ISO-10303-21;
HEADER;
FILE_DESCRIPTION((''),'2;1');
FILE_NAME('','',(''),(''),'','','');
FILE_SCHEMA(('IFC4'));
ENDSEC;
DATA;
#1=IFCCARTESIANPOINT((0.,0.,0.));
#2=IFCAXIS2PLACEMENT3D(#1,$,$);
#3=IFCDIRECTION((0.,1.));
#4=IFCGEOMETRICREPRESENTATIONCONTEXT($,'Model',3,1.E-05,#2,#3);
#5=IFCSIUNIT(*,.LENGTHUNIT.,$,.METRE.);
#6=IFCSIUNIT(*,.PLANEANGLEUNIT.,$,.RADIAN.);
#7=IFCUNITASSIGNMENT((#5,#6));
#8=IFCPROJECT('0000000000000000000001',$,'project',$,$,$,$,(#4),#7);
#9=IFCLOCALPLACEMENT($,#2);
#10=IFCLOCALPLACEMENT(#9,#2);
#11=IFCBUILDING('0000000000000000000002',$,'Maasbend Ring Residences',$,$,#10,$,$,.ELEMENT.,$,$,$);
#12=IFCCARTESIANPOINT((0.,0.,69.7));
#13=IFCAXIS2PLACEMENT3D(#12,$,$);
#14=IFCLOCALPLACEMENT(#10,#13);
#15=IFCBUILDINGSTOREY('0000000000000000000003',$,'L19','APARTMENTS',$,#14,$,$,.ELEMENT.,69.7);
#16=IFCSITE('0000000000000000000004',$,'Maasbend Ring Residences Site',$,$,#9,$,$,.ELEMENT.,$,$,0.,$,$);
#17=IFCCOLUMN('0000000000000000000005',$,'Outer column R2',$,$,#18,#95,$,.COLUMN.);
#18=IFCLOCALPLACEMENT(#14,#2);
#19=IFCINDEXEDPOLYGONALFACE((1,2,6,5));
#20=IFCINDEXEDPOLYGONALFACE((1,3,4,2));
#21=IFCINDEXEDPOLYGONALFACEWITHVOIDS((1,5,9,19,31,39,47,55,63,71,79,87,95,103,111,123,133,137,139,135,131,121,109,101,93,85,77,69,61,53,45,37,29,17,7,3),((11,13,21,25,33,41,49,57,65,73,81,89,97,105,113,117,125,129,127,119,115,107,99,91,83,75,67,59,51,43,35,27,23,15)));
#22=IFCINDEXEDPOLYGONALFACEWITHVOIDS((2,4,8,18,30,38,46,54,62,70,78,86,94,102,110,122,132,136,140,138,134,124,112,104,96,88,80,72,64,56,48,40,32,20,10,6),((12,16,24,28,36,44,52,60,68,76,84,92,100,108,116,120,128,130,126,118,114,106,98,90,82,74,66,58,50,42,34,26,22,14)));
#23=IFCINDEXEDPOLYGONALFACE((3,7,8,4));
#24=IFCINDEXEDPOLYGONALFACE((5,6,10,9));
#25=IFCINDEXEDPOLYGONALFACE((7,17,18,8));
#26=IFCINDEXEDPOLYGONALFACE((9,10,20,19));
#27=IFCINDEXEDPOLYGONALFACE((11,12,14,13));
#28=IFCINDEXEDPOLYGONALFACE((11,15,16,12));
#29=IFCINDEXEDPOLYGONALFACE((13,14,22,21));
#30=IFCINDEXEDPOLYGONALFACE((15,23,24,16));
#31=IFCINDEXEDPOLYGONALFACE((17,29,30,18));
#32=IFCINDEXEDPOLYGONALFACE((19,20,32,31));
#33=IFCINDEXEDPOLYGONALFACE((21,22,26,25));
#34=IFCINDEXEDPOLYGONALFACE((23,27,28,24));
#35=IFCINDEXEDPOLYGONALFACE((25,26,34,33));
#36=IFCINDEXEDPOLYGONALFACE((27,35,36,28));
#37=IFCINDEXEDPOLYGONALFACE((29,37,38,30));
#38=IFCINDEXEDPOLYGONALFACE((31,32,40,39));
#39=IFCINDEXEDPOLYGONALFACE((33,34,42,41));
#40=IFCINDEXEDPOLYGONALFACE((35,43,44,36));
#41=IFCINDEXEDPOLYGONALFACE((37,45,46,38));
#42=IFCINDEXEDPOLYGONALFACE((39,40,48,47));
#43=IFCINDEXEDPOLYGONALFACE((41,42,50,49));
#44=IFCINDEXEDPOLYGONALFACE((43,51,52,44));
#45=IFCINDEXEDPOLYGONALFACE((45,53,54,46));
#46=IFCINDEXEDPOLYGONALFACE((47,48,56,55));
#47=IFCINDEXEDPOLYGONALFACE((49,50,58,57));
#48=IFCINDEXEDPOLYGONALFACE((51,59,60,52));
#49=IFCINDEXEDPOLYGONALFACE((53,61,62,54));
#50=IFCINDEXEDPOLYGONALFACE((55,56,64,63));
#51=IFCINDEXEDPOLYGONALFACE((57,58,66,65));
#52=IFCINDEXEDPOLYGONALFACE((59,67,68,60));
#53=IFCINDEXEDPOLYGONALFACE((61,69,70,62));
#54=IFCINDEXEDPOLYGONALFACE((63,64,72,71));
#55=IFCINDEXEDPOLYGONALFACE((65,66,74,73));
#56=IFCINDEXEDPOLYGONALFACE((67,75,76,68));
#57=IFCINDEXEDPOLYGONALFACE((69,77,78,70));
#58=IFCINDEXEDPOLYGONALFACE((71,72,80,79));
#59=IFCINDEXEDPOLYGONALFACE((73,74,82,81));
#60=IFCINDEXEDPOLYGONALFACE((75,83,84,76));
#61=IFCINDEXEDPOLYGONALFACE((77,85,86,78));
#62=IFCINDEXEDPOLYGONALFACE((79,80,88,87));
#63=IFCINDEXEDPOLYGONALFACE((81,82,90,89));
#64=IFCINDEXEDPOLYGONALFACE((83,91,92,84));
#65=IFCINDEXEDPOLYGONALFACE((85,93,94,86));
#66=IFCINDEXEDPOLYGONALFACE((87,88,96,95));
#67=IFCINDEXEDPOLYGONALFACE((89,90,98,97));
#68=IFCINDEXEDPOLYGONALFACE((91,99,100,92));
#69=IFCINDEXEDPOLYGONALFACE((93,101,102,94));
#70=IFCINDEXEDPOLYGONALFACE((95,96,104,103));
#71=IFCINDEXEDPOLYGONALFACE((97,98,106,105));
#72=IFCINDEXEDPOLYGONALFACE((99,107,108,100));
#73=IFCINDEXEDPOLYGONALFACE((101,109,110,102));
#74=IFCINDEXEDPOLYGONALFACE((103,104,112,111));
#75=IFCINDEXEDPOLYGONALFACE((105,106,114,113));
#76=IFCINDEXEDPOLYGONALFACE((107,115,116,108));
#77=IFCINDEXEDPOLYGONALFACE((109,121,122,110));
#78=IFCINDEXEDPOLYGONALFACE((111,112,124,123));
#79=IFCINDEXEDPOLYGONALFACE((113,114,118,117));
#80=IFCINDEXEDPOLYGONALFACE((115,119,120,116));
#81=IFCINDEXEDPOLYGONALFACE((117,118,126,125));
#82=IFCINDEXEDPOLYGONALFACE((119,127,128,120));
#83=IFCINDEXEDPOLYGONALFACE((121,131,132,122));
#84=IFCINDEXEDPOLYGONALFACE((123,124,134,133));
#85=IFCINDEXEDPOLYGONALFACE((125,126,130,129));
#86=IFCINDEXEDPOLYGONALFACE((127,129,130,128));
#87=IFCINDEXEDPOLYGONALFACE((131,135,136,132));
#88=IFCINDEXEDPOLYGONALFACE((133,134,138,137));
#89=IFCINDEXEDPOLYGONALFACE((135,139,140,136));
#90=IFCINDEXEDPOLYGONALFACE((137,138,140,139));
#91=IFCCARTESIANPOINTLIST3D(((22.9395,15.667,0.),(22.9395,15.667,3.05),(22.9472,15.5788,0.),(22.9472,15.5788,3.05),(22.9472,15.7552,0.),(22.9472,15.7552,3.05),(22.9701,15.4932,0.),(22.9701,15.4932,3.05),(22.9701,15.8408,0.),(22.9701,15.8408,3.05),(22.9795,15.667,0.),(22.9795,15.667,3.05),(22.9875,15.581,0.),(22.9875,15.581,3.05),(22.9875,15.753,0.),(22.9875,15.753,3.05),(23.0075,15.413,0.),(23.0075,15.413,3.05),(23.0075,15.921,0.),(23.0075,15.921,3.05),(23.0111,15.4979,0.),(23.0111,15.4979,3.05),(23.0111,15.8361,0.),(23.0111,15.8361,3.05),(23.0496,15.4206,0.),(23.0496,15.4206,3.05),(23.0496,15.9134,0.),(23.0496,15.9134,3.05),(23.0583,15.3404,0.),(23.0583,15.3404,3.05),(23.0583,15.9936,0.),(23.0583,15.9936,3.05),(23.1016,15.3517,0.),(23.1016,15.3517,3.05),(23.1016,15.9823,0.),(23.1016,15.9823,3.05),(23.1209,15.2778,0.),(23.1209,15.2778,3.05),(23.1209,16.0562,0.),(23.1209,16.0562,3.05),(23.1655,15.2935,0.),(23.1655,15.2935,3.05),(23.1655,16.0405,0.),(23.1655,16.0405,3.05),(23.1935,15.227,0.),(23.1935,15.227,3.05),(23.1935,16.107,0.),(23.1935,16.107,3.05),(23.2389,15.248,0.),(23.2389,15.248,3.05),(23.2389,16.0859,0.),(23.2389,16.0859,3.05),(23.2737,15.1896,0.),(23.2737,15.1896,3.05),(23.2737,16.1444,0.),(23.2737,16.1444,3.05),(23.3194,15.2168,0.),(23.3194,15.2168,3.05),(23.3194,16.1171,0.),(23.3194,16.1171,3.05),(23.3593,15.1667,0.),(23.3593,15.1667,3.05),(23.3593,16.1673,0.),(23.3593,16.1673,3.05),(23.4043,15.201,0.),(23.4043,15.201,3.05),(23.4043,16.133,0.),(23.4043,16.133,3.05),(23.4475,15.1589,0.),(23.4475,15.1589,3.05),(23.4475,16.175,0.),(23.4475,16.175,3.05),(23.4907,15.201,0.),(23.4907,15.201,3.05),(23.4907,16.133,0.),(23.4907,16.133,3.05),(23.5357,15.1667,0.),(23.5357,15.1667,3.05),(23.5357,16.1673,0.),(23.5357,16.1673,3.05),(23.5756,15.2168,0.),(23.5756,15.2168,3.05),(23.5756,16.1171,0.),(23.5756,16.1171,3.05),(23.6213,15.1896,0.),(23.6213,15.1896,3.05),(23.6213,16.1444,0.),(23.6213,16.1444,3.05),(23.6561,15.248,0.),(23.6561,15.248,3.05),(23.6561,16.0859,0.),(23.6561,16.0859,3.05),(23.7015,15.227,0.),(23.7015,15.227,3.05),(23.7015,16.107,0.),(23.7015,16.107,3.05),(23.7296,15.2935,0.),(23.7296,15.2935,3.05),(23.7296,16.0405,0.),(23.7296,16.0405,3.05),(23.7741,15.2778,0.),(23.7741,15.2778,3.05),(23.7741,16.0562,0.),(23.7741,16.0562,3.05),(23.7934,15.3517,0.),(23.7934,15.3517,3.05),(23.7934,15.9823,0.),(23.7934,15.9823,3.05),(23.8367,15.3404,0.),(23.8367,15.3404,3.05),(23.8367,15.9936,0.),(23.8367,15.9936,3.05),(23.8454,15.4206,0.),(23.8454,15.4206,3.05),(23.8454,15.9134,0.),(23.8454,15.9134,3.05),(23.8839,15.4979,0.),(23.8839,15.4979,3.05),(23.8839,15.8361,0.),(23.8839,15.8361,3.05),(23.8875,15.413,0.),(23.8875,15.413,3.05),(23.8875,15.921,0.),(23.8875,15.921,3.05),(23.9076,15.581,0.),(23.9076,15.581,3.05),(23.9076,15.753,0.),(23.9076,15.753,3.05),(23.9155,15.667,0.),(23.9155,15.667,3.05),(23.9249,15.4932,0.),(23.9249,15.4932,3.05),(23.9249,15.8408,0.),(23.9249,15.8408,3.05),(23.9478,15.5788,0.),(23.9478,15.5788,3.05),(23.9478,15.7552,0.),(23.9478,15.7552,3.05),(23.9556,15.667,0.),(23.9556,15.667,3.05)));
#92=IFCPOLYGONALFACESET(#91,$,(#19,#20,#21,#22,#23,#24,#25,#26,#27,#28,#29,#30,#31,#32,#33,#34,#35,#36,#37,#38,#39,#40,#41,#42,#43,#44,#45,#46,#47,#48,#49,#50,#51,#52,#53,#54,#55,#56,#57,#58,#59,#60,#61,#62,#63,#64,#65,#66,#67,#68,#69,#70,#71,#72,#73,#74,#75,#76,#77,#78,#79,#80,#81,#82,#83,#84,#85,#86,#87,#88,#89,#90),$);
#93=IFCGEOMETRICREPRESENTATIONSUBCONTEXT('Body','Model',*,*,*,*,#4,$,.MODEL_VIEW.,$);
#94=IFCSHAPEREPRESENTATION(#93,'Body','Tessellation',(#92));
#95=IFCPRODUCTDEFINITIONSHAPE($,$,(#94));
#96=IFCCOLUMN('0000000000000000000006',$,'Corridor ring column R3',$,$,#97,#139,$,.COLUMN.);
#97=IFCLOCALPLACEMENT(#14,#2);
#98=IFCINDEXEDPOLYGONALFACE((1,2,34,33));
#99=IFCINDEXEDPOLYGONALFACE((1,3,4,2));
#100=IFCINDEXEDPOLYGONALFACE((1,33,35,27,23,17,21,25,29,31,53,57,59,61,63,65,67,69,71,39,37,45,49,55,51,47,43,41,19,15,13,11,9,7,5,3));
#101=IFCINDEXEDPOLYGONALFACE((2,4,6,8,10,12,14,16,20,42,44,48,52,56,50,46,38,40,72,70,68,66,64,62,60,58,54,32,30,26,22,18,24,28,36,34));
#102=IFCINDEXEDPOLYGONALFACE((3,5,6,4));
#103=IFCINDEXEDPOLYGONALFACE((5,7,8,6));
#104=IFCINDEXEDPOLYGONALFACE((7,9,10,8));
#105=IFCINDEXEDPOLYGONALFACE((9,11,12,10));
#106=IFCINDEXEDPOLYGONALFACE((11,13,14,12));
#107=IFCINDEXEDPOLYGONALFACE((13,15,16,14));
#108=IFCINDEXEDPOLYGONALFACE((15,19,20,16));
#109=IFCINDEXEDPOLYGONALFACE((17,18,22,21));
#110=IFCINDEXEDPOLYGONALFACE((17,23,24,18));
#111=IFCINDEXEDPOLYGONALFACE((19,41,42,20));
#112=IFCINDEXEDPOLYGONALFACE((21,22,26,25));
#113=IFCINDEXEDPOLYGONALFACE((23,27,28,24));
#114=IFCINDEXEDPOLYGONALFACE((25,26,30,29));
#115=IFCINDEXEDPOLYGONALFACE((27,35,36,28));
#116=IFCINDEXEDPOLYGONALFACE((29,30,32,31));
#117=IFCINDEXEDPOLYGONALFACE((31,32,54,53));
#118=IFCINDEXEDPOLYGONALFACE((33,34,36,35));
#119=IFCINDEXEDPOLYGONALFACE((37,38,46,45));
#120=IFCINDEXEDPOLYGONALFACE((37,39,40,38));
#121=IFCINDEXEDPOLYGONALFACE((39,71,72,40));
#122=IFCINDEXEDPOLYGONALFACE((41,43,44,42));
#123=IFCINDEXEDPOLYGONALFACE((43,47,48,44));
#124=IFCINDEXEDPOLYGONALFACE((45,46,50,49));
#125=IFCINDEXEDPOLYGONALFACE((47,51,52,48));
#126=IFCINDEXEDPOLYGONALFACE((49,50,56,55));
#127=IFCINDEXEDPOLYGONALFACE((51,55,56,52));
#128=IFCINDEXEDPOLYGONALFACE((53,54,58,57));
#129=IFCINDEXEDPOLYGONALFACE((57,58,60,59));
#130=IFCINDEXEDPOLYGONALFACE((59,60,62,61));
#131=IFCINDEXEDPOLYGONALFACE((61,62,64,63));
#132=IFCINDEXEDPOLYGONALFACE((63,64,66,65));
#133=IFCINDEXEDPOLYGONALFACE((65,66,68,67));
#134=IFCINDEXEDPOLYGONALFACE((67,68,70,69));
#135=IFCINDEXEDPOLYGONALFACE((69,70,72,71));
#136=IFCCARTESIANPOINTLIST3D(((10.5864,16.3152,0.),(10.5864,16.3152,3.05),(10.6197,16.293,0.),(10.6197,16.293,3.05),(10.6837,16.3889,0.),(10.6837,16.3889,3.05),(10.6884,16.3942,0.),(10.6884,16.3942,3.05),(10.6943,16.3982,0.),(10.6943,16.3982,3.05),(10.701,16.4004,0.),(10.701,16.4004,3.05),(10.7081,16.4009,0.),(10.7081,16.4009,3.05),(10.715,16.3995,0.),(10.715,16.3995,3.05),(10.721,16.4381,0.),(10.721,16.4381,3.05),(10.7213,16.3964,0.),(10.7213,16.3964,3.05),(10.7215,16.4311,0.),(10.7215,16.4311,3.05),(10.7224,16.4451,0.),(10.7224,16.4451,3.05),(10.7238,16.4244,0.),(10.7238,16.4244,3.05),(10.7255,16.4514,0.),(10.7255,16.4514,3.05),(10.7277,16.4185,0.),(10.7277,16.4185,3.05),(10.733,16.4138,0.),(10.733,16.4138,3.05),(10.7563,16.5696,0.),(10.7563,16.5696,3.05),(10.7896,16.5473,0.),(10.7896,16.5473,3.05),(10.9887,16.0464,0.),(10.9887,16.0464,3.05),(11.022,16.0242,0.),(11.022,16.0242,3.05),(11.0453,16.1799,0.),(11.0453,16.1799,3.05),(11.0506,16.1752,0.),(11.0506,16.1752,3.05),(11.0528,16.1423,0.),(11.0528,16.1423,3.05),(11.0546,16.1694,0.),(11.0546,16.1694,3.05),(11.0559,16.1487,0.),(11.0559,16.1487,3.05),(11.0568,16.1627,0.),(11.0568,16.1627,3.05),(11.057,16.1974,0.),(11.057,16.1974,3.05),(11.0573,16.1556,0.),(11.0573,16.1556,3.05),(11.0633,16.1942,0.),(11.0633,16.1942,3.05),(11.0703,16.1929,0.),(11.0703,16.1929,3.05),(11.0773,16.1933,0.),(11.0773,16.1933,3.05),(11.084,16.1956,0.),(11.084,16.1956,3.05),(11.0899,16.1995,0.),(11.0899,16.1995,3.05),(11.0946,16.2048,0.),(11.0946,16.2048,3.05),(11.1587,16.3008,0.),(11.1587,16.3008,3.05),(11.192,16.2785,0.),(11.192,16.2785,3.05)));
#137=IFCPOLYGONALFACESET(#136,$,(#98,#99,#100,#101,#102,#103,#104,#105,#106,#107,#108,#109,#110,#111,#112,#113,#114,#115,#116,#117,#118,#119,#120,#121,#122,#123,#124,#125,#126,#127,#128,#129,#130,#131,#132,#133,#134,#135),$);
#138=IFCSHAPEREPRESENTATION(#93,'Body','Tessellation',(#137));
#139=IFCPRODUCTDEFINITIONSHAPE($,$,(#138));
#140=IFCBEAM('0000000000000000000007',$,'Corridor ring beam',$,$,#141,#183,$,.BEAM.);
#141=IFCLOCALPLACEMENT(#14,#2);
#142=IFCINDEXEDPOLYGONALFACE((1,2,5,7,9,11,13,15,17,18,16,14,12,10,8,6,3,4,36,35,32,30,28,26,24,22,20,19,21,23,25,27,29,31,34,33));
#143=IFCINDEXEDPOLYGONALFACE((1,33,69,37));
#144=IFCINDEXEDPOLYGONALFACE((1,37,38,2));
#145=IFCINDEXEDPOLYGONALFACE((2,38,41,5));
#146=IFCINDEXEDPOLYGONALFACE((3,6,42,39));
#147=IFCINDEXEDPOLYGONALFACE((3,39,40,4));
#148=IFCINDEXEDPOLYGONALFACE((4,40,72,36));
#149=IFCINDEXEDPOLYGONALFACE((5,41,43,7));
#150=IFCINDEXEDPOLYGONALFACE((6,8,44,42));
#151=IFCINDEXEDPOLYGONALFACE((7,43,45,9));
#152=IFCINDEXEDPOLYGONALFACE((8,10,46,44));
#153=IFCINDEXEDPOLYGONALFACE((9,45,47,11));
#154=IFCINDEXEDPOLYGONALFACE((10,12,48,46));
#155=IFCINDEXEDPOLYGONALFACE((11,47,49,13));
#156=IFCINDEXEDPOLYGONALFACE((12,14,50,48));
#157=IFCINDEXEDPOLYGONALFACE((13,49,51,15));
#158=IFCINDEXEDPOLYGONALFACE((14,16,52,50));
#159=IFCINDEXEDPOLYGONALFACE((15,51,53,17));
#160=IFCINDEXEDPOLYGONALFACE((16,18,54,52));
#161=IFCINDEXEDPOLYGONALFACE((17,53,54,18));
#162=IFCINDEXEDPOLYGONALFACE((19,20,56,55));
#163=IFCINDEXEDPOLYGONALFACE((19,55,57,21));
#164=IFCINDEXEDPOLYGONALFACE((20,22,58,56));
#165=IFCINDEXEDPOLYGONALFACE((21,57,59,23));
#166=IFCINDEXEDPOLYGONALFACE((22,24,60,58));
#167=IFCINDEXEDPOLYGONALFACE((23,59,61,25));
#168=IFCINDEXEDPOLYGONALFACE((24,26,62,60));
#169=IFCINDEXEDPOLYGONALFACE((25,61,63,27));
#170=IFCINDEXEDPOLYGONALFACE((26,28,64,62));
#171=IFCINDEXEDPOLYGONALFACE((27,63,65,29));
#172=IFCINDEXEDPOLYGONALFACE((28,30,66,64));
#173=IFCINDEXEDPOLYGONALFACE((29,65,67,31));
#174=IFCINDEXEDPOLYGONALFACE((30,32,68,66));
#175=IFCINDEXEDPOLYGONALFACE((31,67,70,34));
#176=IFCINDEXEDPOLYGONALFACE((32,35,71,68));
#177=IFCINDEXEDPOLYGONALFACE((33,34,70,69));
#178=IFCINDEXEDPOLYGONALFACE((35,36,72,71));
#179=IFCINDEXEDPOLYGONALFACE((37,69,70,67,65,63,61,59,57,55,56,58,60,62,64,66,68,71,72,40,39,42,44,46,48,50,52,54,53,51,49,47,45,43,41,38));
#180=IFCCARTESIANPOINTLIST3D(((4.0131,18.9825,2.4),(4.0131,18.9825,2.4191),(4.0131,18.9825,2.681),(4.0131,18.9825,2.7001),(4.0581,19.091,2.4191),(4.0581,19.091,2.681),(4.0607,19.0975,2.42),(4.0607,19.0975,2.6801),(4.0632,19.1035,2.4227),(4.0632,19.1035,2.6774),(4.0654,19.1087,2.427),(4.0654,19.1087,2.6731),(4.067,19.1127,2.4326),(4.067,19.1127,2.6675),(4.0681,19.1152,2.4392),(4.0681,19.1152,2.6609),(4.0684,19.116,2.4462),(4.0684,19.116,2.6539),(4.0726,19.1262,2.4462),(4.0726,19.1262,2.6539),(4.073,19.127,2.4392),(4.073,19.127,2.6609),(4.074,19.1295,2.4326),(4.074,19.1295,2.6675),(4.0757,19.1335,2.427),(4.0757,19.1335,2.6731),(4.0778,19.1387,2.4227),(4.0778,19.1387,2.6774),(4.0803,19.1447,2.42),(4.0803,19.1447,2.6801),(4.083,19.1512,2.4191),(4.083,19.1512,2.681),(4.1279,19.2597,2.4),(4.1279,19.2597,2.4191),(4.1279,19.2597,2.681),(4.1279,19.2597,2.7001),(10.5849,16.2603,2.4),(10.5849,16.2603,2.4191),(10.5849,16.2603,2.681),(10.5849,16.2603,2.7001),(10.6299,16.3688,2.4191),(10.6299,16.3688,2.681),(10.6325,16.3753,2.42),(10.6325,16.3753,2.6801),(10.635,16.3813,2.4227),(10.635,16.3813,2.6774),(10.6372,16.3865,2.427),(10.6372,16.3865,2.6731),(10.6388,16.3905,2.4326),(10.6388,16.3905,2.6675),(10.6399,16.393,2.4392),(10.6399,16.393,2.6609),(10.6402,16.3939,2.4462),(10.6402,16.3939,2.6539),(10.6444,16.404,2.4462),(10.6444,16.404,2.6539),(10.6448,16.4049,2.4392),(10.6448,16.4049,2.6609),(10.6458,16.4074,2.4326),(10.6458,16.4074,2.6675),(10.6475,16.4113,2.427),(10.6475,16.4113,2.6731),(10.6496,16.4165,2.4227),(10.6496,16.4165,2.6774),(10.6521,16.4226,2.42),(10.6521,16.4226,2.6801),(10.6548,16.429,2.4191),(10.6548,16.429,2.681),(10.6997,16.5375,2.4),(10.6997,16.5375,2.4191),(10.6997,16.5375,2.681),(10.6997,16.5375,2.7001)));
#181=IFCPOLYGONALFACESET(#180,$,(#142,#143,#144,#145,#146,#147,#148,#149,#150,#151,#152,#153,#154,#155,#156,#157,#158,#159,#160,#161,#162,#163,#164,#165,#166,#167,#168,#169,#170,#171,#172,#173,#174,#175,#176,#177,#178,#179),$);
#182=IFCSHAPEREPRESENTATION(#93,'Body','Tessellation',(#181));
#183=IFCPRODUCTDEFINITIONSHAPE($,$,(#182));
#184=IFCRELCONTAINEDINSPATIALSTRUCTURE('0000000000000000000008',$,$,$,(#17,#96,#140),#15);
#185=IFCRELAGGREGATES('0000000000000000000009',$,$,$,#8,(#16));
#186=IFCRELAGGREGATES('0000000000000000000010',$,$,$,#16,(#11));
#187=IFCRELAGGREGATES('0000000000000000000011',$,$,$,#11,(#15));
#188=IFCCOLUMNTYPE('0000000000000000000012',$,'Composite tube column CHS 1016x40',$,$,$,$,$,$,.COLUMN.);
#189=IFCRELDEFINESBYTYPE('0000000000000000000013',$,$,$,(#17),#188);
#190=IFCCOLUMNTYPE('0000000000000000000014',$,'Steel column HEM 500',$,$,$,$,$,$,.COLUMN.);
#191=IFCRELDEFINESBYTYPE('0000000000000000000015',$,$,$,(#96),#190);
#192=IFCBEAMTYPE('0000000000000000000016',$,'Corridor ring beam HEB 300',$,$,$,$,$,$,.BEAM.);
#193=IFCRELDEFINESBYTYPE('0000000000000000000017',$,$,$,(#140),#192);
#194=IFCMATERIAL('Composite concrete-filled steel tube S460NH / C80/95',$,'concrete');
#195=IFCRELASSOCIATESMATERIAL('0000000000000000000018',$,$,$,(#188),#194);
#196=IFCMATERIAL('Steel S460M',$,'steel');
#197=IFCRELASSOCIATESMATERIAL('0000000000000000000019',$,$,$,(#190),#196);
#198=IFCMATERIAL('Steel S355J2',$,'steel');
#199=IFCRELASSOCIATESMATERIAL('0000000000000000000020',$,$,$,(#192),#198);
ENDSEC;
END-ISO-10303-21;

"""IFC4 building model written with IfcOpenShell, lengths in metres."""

from ifc_helpers import new_model, si_unit, direction, frame, origin, origin_2d, place, context, subcontext, project, spatial, hollow_circle, i_section, extrude, material, material_profile, profile_set, type_object, element, save


model = new_model("IFC4")

# Units and contexts
model_context = context("Model", 3, precision=1e-05, world=origin(), true_north=direction((0.0, 1.0)))
body_context = subcontext(model_context, "Body", "Model", "MODEL_VIEW")
ifc_project = project(units=[si_unit("LENGTHUNIT", "METRE"), si_unit("PLANEANGLEUNIT", "RADIAN")], contexts=[model_context])

# Site, building, storey
site_placement = place(None, origin())
site = spatial("IfcSite", under=ifc_project, at=site_placement, Name="Maasbend Ring Residences Site", CompositionType="ELEMENT", RefElevation=0.0)
building_placement = place(site_placement, origin())
building = spatial("IfcBuilding", under=site, at=building_placement, Name="Maasbend Ring Residences", CompositionType="ELEMENT")
storey_placement = place(building_placement, frame((0.0, 0.0, 69.7)))
storey = spatial("IfcBuildingStorey", under=building, at=storey_placement, Name="L19", Description="APARTMENTS", CompositionType="ELEMENT", Elevation=69.7)

# Columns
ifc_material_1 = material(Name="Composite concrete-filled steel tube S460NH / C80/95", Category="concrete")
ifc_material_profile_1 = material_profile(ifc_material_1, hollow_circle(Radius=0.5081, WallThickness=0.04, at=origin_2d()), Name="Composite tube column CHS 1016x40")
ifc_profile_set_1 = profile_set([ifc_material_profile_1], Name="Composite concrete-filled steel tube S460NH / C80/95")
column_type_1 = type_object("IfcColumnType", Name="Composite tube column CHS 1016x40", PredefinedType="COLUMN", material=ifc_profile_set_1)
column_1_placement = place(storey_placement, frame((23.4475, 15.667, 0.0), z_axis=(0.0, 0.0, 1.0), x_axis=(1.0, 0.0, 0.0)))
element("IfcColumn", 1, at=column_1_placement, inside=storey, type_object=column_type_1, Name="Outer column R2", PredefinedType="COLUMN", context=body_context, shape_type="SweptSolid", body=[
    extrude(hollow_circle(Radius=0.5081, WallThickness=0.04, at=origin_2d()), origin(), (0.0, 0.0, 1.0), 3.05),
])
ifc_material_2 = material(Name="Steel S460M", Category="steel")
ifc_material_profile_2 = material_profile(ifc_material_2, i_section(OverallWidth=0.3059, OverallDepth=0.5239, WebThickness=0.021, FlangeThickness=0.04, FilletRadius=0.0271, at=origin_2d()), Name="HEM 500")
ifc_profile_set_2 = profile_set([ifc_material_profile_2], Name="Steel S460M")
column_type_2 = type_object("IfcColumnType", Name="Steel column HEM 500", PredefinedType="COLUMN", material=ifc_profile_set_2)
column_2_placement = place(storey_placement, frame((10.8892, 16.2969, 0.0), z_axis=(0.0, 0.0, 1.0), x_axis=(0.55557, 0.83147, 0.0)))
element("IfcColumn", 2, at=column_2_placement, inside=storey, type_object=column_type_2, Name="Corridor ring column R3", PredefinedType="COLUMN", context=body_context, shape_type="SweptSolid", body=[
    extrude(i_section(OverallWidth=0.3059, OverallDepth=0.5239, WebThickness=0.021, FlangeThickness=0.04, FilletRadius=0.0271, at=origin_2d()), origin(), (0.0, 0.0, 1.0), 3.05),
])

# Beam
ifc_material_3 = material(Name="Steel S355J2", Category="steel")
ifc_material_profile_3 = material_profile(ifc_material_3, i_section(OverallWidth=0.3, OverallDepth=0.3, WebThickness=0.011, FlangeThickness=0.019, FilletRadius=0.0271, at=origin_2d()), Name="HEB 300")
ifc_profile_set_3 = profile_set([ifc_material_profile_3], Name="Steel S355J2")
beam_type_1 = type_object("IfcBeamType", Name="Corridor ring beam HEB 300", PredefinedType="BEAM", material=ifc_profile_set_3)
beam_1_placement = place(storey_placement, frame((10.6423, 16.3989, 2.55), z_axis=(-0.923877, 0.382689, 0.0), x_axis=(-0.382689, -0.923877, 0.0)))
element("IfcBeam", 3, at=beam_1_placement, inside=storey, type_object=beam_type_1, Name="Corridor ring beam", PredefinedType="BEAM", context=body_context, shape_type="SweptSolid", body=[
    extrude(i_section(OverallWidth=0.3, OverallDepth=0.3, WebThickness=0.011, FlangeThickness=0.019, FilletRadius=0.0271, at=origin_2d()), origin(), (0.0, 0.0, 1.0), 7.1133),
])

save(model, "model.ifc")
